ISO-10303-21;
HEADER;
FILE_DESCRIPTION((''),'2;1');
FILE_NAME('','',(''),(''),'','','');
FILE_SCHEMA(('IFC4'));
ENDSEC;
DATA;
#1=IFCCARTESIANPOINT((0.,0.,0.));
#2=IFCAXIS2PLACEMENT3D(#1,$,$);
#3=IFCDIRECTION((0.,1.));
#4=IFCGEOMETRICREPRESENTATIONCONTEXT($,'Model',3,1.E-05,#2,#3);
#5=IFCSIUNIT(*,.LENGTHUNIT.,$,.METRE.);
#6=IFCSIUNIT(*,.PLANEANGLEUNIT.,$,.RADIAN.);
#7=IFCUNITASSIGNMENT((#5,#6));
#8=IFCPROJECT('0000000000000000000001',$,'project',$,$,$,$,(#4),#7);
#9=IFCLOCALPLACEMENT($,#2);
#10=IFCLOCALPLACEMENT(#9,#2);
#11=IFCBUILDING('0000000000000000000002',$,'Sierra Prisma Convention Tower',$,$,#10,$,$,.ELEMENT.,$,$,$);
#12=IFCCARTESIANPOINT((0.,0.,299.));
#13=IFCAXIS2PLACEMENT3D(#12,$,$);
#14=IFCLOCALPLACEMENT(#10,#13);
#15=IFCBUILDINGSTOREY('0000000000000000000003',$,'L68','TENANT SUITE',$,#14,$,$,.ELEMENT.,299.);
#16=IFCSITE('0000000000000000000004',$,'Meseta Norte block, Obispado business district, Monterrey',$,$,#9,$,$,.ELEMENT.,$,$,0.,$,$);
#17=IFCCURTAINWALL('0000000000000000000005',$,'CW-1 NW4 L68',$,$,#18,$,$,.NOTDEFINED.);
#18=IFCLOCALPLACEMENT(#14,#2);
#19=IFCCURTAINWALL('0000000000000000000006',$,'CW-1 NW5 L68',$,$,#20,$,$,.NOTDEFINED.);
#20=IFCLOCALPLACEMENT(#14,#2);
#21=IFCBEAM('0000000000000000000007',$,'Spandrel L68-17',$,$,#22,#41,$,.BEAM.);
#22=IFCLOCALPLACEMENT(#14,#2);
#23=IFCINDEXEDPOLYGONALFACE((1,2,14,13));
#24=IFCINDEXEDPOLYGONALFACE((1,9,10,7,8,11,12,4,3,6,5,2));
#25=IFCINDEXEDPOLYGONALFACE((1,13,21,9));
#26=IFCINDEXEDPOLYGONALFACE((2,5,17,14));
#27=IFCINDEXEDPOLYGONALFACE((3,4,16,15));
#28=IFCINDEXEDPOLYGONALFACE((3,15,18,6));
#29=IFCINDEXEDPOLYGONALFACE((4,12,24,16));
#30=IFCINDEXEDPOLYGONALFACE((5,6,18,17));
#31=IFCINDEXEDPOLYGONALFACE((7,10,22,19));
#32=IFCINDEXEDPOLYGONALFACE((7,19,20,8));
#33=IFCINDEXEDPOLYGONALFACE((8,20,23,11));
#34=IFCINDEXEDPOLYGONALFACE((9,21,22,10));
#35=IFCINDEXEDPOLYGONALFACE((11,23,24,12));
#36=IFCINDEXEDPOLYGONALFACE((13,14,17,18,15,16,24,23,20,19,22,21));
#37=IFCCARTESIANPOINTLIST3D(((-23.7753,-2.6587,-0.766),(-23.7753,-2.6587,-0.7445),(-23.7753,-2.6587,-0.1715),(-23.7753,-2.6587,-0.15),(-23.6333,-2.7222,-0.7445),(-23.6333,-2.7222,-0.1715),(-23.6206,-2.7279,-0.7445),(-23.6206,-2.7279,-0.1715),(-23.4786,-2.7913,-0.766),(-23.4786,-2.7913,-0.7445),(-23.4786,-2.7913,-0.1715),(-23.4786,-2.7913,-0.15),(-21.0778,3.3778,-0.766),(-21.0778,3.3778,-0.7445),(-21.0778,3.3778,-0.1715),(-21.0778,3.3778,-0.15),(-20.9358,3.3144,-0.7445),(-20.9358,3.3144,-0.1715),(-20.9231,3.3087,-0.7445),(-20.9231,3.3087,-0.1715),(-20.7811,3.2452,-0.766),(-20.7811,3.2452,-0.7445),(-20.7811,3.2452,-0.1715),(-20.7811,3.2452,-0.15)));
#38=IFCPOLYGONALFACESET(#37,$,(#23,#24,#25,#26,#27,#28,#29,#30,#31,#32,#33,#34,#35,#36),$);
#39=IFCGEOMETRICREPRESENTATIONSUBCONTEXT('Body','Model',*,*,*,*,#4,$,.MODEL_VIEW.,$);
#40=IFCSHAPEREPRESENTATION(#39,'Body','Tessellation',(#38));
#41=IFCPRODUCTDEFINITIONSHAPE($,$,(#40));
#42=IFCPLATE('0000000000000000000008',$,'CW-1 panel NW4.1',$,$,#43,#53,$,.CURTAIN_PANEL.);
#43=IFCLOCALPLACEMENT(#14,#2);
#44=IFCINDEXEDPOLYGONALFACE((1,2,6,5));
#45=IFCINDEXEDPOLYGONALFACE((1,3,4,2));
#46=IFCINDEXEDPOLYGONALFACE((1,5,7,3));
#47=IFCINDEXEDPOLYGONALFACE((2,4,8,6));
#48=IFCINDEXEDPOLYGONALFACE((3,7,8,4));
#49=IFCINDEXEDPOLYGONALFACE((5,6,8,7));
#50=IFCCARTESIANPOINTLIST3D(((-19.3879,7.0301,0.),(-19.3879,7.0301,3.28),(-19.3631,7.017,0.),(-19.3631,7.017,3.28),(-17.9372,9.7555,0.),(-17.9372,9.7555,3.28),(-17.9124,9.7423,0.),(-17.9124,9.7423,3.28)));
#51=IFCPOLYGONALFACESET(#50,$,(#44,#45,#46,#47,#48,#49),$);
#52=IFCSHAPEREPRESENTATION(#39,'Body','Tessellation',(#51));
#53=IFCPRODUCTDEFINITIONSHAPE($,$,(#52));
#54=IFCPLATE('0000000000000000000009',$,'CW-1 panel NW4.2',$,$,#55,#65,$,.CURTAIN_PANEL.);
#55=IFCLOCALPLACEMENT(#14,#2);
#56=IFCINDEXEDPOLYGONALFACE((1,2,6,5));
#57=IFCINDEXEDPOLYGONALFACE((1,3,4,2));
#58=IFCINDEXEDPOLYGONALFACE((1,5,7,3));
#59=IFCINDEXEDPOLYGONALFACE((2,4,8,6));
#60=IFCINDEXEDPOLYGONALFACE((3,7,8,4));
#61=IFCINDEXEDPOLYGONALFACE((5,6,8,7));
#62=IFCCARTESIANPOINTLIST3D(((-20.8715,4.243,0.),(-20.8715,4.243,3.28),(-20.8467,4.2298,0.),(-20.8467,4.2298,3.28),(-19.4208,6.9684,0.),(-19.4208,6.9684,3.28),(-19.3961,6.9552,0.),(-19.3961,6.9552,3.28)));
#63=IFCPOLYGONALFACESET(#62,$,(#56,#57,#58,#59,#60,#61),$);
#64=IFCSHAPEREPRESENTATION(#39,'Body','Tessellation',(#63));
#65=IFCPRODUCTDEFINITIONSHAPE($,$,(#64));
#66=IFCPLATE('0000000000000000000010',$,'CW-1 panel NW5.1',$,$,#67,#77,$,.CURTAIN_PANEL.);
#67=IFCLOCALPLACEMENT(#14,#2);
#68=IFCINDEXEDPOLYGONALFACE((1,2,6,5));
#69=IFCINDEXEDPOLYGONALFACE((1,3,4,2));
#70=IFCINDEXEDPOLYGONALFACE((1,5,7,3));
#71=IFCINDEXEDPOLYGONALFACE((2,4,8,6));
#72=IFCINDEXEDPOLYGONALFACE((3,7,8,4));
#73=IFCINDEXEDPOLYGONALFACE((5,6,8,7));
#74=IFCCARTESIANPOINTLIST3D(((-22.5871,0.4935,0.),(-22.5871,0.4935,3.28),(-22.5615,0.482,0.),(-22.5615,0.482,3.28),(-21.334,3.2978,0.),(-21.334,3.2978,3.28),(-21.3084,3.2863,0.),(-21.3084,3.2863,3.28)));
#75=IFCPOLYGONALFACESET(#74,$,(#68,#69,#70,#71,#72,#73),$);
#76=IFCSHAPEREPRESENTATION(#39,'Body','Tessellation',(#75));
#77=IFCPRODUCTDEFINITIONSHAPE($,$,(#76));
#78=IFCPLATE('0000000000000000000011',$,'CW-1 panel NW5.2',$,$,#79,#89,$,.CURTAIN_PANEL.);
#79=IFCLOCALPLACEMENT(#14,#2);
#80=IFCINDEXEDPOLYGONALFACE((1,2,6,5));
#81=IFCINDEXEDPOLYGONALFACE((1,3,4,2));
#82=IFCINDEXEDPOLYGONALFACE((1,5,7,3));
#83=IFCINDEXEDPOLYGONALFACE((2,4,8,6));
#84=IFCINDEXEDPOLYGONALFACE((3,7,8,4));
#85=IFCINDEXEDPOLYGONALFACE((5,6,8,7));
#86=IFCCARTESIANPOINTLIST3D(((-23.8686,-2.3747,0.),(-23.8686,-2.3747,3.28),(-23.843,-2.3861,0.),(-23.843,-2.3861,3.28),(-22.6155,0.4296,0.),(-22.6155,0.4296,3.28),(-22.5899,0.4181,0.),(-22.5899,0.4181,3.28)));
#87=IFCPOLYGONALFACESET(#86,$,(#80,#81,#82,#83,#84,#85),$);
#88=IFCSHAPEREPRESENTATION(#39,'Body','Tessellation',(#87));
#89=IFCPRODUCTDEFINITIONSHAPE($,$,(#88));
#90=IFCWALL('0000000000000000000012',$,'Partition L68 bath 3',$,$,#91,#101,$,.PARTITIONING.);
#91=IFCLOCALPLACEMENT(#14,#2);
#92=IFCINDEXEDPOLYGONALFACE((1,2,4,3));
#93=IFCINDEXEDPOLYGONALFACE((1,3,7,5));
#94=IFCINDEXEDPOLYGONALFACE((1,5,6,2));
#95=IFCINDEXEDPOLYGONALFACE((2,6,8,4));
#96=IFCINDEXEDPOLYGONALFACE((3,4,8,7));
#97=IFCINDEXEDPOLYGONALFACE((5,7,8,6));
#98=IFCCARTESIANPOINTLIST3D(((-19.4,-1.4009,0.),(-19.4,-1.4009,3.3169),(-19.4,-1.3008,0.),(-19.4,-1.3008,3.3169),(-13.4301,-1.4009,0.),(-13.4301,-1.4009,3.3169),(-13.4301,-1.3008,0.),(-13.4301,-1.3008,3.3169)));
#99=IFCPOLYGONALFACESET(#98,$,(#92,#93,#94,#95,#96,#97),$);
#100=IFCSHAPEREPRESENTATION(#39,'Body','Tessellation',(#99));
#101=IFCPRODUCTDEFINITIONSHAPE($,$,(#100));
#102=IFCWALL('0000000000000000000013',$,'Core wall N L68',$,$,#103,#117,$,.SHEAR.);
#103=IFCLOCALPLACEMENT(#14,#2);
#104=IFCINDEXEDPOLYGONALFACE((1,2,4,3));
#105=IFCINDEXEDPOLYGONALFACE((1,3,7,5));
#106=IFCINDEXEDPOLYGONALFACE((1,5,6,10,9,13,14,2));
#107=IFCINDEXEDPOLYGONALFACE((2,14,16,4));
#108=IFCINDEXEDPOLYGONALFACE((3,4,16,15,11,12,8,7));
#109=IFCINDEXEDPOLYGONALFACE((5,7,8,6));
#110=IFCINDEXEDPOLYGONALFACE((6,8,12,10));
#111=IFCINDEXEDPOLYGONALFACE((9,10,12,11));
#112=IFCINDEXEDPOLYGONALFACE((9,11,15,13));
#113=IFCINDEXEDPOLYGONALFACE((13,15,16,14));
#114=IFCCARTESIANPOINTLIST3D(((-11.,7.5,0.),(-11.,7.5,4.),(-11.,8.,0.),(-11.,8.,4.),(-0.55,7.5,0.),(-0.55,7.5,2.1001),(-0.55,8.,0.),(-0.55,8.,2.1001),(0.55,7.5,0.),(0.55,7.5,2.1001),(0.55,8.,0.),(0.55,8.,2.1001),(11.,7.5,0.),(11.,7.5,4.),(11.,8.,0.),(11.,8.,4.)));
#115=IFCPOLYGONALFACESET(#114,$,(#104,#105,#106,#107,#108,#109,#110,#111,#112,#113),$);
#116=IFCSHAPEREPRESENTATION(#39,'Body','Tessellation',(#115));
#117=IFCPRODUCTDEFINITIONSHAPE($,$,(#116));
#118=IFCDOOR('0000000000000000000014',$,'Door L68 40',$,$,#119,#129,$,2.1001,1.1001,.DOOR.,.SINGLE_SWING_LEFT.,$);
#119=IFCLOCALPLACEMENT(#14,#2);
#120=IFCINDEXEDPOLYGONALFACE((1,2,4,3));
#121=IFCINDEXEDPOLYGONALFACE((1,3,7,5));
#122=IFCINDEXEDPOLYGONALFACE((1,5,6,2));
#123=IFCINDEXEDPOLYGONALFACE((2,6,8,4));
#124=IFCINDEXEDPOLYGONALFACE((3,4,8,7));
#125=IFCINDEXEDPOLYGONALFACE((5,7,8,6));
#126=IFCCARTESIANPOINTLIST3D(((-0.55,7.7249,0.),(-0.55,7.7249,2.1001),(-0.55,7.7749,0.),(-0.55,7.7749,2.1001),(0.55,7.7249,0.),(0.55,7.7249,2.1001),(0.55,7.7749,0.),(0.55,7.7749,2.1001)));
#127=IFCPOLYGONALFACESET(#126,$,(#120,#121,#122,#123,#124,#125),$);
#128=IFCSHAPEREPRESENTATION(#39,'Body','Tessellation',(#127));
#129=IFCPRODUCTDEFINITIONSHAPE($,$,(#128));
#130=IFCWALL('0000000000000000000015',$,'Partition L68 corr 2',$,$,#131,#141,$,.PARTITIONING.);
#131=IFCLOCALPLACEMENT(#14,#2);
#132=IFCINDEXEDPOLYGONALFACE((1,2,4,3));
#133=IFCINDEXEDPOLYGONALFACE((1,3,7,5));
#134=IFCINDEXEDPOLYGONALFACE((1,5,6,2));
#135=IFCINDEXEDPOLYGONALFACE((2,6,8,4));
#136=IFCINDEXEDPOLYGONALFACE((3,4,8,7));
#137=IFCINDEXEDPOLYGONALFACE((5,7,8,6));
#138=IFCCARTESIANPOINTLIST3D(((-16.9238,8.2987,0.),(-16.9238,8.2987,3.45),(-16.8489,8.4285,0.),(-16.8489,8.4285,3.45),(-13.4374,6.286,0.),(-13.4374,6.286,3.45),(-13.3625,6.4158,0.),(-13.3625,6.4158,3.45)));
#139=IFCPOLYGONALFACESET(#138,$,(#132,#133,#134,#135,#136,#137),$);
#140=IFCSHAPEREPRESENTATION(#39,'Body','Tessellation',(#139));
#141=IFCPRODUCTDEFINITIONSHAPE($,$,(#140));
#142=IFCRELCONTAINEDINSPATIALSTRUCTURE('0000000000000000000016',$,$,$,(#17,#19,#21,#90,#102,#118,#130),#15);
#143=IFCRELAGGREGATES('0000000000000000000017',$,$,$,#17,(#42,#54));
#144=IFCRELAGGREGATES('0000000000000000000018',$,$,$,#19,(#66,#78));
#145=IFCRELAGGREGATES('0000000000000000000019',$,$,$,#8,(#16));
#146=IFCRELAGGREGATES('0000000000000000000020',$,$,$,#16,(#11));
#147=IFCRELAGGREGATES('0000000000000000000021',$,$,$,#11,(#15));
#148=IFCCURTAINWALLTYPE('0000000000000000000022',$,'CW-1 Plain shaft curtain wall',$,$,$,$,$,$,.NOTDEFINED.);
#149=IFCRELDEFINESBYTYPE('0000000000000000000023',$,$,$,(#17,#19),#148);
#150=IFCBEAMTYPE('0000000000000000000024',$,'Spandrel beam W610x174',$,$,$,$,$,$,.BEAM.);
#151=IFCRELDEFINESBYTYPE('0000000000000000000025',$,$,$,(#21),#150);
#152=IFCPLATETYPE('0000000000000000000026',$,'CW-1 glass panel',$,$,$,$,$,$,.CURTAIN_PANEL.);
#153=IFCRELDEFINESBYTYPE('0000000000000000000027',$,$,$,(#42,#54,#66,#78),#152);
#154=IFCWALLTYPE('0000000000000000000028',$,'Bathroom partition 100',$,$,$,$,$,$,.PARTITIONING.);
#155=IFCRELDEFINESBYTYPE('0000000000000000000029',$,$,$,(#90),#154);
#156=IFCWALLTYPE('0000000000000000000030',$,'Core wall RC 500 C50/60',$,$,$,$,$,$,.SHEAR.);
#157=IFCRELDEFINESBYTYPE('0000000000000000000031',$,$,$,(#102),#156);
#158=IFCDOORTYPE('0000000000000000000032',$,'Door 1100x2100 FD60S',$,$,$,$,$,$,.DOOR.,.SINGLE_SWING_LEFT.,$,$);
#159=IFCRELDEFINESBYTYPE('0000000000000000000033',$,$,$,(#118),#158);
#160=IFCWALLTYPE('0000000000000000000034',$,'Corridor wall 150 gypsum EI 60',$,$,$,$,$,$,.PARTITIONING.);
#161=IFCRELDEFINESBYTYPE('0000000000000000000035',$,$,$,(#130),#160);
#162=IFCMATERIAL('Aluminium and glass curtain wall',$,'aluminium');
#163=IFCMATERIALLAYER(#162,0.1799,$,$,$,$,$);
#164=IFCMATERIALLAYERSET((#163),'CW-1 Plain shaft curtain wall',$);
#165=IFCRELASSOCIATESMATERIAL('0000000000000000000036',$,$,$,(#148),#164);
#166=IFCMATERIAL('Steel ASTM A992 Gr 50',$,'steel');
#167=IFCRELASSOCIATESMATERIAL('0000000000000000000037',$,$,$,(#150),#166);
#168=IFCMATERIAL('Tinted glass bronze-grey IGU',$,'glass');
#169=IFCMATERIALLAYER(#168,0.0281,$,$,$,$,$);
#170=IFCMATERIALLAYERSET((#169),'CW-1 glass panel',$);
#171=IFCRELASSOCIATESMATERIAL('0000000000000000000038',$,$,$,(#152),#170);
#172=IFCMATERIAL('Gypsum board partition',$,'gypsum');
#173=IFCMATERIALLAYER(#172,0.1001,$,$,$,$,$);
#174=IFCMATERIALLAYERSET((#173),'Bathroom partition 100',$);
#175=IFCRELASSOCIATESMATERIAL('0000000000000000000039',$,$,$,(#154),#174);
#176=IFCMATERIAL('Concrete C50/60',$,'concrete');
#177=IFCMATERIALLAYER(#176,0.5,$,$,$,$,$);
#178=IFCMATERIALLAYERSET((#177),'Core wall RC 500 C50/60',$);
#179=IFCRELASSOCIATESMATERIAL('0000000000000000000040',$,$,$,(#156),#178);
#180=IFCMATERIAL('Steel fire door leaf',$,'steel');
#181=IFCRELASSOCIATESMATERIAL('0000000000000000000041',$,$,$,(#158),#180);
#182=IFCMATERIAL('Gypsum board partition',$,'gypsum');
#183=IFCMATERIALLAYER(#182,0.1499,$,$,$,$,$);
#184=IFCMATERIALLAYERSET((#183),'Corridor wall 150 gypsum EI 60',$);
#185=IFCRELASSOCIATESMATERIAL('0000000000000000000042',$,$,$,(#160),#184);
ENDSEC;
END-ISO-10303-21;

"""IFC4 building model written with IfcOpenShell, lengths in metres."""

from ifc_helpers import new_model, si_unit, direction, frame, frame_2d, origin, origin_2d, place, context, subcontext, project, spatial, rectangle, i_section, extrude, material, layer, layer_set, material_profile, profile_set, type_object, element, fill, aggregate, save


model = new_model("IFC4")

# Units and contexts
model_context = context("Model", 3, precision=1e-05, world=origin(), true_north=direction((0.0, 1.0)))
body_context = subcontext(model_context, "Body", "Model", "MODEL_VIEW")
ifc_project = project(units=[si_unit("LENGTHUNIT", "METRE"), si_unit("PLANEANGLEUNIT", "RADIAN")], contexts=[model_context])

# Site, building, storey
site_placement = place(None, origin())
site = spatial("IfcSite", under=ifc_project, at=site_placement, Name="Meseta Norte block, Obispado business district, Monterrey", CompositionType="ELEMENT", RefElevation=0.0)
building_placement = place(site_placement, origin())
building = spatial("IfcBuilding", under=site, at=building_placement, Name="Sierra Prisma Convention Tower", CompositionType="ELEMENT")
storey_placement = place(building_placement, frame((0.0, 0.0, 299.0)))
storey = spatial("IfcBuildingStorey", under=building, at=storey_placement, Name="L68", Description="TENANT SUITE", CompositionType="ELEMENT", Elevation=299.0)

# Curtain wall
ifc_material_1 = material(Name="Aluminium and glass curtain wall", Category="aluminium")
ifc_layer_1 = layer(ifc_material_1, 0.1799)
ifc_layer_set_1 = layer_set([ifc_layer_1], Name="CW-1 Plain shaft curtain wall")
curtain_wall_type = type_object("IfcCurtainWallType", Name="CW-1 Plain shaft curtain wall", PredefinedType="NOTDEFINED", material=ifc_layer_set_1)
curtain_wall_1_placement = place(storey_placement, origin())
curtain_wall_1 = element("IfcCurtainWall", 1, at=curtain_wall_1_placement, inside=storey, type_object=curtain_wall_type, Name="CW-1 NW4 L68", PredefinedType="NOTDEFINED")

# Curtain wall
curtain_wall_2_placement = place(storey_placement, origin())
curtain_wall_2 = element("IfcCurtainWall", 2, at=curtain_wall_2_placement, inside=storey, type_object=curtain_wall_type, Name="CW-1 NW5 L68", PredefinedType="NOTDEFINED")

# Beam
ifc_material_2 = material(Name="Steel ASTM A992 Gr 50", Category="steel")
ifc_material_profile_1 = material_profile(ifc_material_2, i_section(OverallWidth=0.325, OverallDepth=0.616, WebThickness=0.0139, FlangeThickness=0.0215, at=origin_2d()), Name="W610x174")
ifc_profile_set_1 = profile_set([ifc_material_profile_1], Name="Steel ASTM A992 Gr 50")
beam_type_1 = type_object("IfcBeamType", Name="Spandrel beam W610x174", PredefinedType="BEAM", material=ifc_profile_set_1)
beam_1_placement = place(storey_placement, frame((-20.9294, 3.3115, -0.458), z_axis=(-0.407977, -0.912992, 0.0), x_axis=(0.912992, -0.407977, 0.0)))
element("IfcBeam", 3, at=beam_1_placement, inside=storey, type_object=beam_type_1, Name="Spandrel L68-17", PredefinedType="BEAM", context=body_context, shape_type="SweptSolid", body=[
    extrude(i_section(OverallWidth=0.325, OverallDepth=0.616, WebThickness=0.0139, FlangeThickness=0.0215, at=origin_2d()), origin(), (0.0, 0.0, 1.0), 6.6118),
])

# Plates
ifc_material_3 = material(Name="Tinted glass bronze-grey IGU", Category="glass")
ifc_layer_2 = layer(ifc_material_3, 0.0281)
ifc_layer_set_2 = layer_set([ifc_layer_2], Name="CW-1 glass panel")
plate_type = type_object("IfcPlateType", Name="CW-1 glass panel", PredefinedType="CURTAIN_PANEL", material=ifc_layer_set_2)
plate_1_placement = place(storey_placement, frame((-18.6501, 8.3862, 0.0), z_axis=(0.0, 0.0, 1.0), x_axis=(-0.469869, -0.882736, 0.0)))
plate_1 = element("IfcPlate", 4, at=plate_1_placement, type_object=plate_type, Name="CW-1 panel NW4.1", PredefinedType="CURTAIN_PANEL", context=body_context, shape_type="SweptSolid", body=[
    extrude(rectangle(XDim=3.0874, YDim=0.0281, at=origin_2d()), origin(), (0.0, 0.0, 1.0), 3.28),
])
plate_2_placement = place(storey_placement, frame((-20.1338, 5.5991, 0.0), z_axis=(0.0, 0.0, 1.0), x_axis=(-0.469869, -0.882736, 0.0)))
plate_2 = element("IfcPlate", 5, at=plate_2_placement, type_object=plate_type, Name="CW-1 panel NW4.2", PredefinedType="CURTAIN_PANEL", context=body_context, shape_type="SweptSolid", body=[
    extrude(rectangle(XDim=3.0874, YDim=0.0281, at=origin_2d()), origin(), (0.0, 0.0, 1.0), 3.28),
])
aggregate(curtain_wall_1, [plate_1, plate_2])
plate_3_placement = place(storey_placement, frame((-21.9478, 1.8899, 0.0), z_axis=(0.0, 0.0, 1.0), x_axis=(-0.407971, -0.912995, 0.0)))
plate_3 = element("IfcPlate", 6, at=plate_3_placement, type_object=plate_type, Name="CW-1 panel NW5.1", PredefinedType="CURTAIN_PANEL", context=body_context, shape_type="SweptSolid", body=[
    extrude(rectangle(XDim=3.0715, YDim=0.0281, at=origin_2d()), origin(), (0.0, 0.0, 1.0), 3.28),
])
plate_4_placement = place(storey_placement, frame((-23.2292, -0.9783, 0.0), z_axis=(0.0, 0.0, 1.0), x_axis=(-0.407971, -0.912995, 0.0)))
plate_4 = element("IfcPlate", 7, at=plate_4_placement, type_object=plate_type, Name="CW-1 panel NW5.2", PredefinedType="CURTAIN_PANEL", context=body_context, shape_type="SweptSolid", body=[
    extrude(rectangle(XDim=3.0715, YDim=0.0281, at=origin_2d()), origin(), (0.0, 0.0, 1.0), 3.28),
])
aggregate(curtain_wall_2, [plate_3, plate_4])

# Wall
ifc_material_4 = material(Name="Gypsum board partition", Category="gypsum")
ifc_layer_3 = layer(ifc_material_4, 0.1001)
ifc_layer_set_3 = layer_set([ifc_layer_3], Name="Bathroom partition 100")
wall_type_1 = type_object("IfcWallType", Name="Bathroom partition 100", PredefinedType="PARTITIONING", material=ifc_layer_set_3)
wall_1_placement = place(storey_placement, frame((-19.3999, -1.3508, 0.0), z_axis=(0.0, 0.0, 1.0), x_axis=(1.0, 0.0, 0.0)))
element("IfcWall", 8, at=wall_1_placement, inside=storey, type_object=wall_type_1, Name="Partition L68 bath 3", PredefinedType="PARTITIONING", context=body_context, shape_type="SweptSolid", body=[
    extrude(rectangle(XDim=5.97, YDim=0.1001, at=frame_2d((2.9849, 0.0))), origin(), (0.0, 0.0, 1.0), 3.3169),
])

# Wall, opening, door
ifc_material_5 = material(Name="Concrete C50/60", Category="concrete")
ifc_layer_4 = layer(ifc_material_5, 0.5)
ifc_layer_set_4 = layer_set([ifc_layer_4], Name="Core wall RC 500 C50/60")
wall_type_2 = type_object("IfcWallType", Name="Core wall RC 500 C50/60", PredefinedType="SHEAR", material=ifc_layer_set_4)
wall_2_placement = place(storey_placement, frame((-11.0, 7.75, 0.0), z_axis=(0.0, 0.0, 1.0), x_axis=(1.0, 0.0, 0.0)))
wall_2 = element("IfcWall", 9, at=wall_2_placement, inside=storey, type_object=wall_type_2, Name="Core wall N L68", PredefinedType="SHEAR", context=body_context, shape_type="SweptSolid", body=[
    extrude(rectangle(XDim=22.0, YDim=0.5, at=frame_2d((11.0, 0.0))), origin(), (0.0, 0.0, 1.0), 4.0),
])
opening_1_placement = place(wall_2_placement, frame((10.45, 0.0, 0.0)))
opening_1 = element("IfcOpeningElement", 10, at=opening_1_placement, cuts=wall_2, PredefinedType="OPENING", context=body_context, shape_type="SweptSolid", body=[
    extrude(rectangle(XDim=1.1001, YDim=2.1001, at=frame_2d((0.55, 1.05))), frame((0.0, 0.25, 0.0), z_axis=(0.0, -1.0, 0.0), x_axis=(1.0, 0.0, 0.0)), (0.0, 0.0, 1.0), 0.5),
])
ifc_material_6 = material(Name="Steel fire door leaf", Category="steel")
door_type_1 = type_object("IfcDoorType", Name="Door 1100x2100 FD60S", OperationType="SINGLE_SWING_LEFT", PredefinedType="DOOR", material=ifc_material_6)
door_1_placement = place(opening_1_placement, origin())
door_1 = element("IfcDoor", 11, at=door_1_placement, inside=storey, type_object=door_type_1, Name="Door L68 40", OperationType="SINGLE_SWING_LEFT", OverallHeight=2.1001, OverallWidth=1.1001, PredefinedType="DOOR", context=body_context, shape_type="SweptSolid", body=[
    extrude(rectangle(XDim=1.1001, YDim=2.1001, at=frame_2d((0.55, 1.05))), frame((0.0, 0.0249, 0.0), z_axis=(0.0, -1.0, 0.0), x_axis=(1.0, 0.0, 0.0)), (0.0, 0.0, 1.0), 0.05),
])
fill(opening_1, door_1)

# Wall
ifc_material_7 = material(Name="Gypsum board partition", Category="gypsum")
ifc_layer_5 = layer(ifc_material_7, 0.1499)
ifc_layer_set_5 = layer_set([ifc_layer_5], Name="Corridor wall 150 gypsum EI 60")
wall_type_3 = type_object("IfcWallType", Name="Corridor wall 150 gypsum EI 60", PredefinedType="PARTITIONING", material=ifc_layer_set_5)
wall_3_placement = place(storey_placement, frame((-16.8862, 8.3635, 0.0), z_axis=(0.0, 0.0, 1.0), x_axis=(0.86604, -0.499974, 0.0)))
element("IfcWall", 12, at=wall_3_placement, inside=storey, type_object=wall_type_3, Name="Partition L68 corr 2", PredefinedType="PARTITIONING", context=body_context, shape_type="SweptSolid", body=[
    extrude(rectangle(XDim=4.0256, YDim=0.1499, at=frame_2d((2.0127, 0.0))), origin(), (0.0, 0.0, 1.0), 3.45),
])

save(model, "model.ifc")
